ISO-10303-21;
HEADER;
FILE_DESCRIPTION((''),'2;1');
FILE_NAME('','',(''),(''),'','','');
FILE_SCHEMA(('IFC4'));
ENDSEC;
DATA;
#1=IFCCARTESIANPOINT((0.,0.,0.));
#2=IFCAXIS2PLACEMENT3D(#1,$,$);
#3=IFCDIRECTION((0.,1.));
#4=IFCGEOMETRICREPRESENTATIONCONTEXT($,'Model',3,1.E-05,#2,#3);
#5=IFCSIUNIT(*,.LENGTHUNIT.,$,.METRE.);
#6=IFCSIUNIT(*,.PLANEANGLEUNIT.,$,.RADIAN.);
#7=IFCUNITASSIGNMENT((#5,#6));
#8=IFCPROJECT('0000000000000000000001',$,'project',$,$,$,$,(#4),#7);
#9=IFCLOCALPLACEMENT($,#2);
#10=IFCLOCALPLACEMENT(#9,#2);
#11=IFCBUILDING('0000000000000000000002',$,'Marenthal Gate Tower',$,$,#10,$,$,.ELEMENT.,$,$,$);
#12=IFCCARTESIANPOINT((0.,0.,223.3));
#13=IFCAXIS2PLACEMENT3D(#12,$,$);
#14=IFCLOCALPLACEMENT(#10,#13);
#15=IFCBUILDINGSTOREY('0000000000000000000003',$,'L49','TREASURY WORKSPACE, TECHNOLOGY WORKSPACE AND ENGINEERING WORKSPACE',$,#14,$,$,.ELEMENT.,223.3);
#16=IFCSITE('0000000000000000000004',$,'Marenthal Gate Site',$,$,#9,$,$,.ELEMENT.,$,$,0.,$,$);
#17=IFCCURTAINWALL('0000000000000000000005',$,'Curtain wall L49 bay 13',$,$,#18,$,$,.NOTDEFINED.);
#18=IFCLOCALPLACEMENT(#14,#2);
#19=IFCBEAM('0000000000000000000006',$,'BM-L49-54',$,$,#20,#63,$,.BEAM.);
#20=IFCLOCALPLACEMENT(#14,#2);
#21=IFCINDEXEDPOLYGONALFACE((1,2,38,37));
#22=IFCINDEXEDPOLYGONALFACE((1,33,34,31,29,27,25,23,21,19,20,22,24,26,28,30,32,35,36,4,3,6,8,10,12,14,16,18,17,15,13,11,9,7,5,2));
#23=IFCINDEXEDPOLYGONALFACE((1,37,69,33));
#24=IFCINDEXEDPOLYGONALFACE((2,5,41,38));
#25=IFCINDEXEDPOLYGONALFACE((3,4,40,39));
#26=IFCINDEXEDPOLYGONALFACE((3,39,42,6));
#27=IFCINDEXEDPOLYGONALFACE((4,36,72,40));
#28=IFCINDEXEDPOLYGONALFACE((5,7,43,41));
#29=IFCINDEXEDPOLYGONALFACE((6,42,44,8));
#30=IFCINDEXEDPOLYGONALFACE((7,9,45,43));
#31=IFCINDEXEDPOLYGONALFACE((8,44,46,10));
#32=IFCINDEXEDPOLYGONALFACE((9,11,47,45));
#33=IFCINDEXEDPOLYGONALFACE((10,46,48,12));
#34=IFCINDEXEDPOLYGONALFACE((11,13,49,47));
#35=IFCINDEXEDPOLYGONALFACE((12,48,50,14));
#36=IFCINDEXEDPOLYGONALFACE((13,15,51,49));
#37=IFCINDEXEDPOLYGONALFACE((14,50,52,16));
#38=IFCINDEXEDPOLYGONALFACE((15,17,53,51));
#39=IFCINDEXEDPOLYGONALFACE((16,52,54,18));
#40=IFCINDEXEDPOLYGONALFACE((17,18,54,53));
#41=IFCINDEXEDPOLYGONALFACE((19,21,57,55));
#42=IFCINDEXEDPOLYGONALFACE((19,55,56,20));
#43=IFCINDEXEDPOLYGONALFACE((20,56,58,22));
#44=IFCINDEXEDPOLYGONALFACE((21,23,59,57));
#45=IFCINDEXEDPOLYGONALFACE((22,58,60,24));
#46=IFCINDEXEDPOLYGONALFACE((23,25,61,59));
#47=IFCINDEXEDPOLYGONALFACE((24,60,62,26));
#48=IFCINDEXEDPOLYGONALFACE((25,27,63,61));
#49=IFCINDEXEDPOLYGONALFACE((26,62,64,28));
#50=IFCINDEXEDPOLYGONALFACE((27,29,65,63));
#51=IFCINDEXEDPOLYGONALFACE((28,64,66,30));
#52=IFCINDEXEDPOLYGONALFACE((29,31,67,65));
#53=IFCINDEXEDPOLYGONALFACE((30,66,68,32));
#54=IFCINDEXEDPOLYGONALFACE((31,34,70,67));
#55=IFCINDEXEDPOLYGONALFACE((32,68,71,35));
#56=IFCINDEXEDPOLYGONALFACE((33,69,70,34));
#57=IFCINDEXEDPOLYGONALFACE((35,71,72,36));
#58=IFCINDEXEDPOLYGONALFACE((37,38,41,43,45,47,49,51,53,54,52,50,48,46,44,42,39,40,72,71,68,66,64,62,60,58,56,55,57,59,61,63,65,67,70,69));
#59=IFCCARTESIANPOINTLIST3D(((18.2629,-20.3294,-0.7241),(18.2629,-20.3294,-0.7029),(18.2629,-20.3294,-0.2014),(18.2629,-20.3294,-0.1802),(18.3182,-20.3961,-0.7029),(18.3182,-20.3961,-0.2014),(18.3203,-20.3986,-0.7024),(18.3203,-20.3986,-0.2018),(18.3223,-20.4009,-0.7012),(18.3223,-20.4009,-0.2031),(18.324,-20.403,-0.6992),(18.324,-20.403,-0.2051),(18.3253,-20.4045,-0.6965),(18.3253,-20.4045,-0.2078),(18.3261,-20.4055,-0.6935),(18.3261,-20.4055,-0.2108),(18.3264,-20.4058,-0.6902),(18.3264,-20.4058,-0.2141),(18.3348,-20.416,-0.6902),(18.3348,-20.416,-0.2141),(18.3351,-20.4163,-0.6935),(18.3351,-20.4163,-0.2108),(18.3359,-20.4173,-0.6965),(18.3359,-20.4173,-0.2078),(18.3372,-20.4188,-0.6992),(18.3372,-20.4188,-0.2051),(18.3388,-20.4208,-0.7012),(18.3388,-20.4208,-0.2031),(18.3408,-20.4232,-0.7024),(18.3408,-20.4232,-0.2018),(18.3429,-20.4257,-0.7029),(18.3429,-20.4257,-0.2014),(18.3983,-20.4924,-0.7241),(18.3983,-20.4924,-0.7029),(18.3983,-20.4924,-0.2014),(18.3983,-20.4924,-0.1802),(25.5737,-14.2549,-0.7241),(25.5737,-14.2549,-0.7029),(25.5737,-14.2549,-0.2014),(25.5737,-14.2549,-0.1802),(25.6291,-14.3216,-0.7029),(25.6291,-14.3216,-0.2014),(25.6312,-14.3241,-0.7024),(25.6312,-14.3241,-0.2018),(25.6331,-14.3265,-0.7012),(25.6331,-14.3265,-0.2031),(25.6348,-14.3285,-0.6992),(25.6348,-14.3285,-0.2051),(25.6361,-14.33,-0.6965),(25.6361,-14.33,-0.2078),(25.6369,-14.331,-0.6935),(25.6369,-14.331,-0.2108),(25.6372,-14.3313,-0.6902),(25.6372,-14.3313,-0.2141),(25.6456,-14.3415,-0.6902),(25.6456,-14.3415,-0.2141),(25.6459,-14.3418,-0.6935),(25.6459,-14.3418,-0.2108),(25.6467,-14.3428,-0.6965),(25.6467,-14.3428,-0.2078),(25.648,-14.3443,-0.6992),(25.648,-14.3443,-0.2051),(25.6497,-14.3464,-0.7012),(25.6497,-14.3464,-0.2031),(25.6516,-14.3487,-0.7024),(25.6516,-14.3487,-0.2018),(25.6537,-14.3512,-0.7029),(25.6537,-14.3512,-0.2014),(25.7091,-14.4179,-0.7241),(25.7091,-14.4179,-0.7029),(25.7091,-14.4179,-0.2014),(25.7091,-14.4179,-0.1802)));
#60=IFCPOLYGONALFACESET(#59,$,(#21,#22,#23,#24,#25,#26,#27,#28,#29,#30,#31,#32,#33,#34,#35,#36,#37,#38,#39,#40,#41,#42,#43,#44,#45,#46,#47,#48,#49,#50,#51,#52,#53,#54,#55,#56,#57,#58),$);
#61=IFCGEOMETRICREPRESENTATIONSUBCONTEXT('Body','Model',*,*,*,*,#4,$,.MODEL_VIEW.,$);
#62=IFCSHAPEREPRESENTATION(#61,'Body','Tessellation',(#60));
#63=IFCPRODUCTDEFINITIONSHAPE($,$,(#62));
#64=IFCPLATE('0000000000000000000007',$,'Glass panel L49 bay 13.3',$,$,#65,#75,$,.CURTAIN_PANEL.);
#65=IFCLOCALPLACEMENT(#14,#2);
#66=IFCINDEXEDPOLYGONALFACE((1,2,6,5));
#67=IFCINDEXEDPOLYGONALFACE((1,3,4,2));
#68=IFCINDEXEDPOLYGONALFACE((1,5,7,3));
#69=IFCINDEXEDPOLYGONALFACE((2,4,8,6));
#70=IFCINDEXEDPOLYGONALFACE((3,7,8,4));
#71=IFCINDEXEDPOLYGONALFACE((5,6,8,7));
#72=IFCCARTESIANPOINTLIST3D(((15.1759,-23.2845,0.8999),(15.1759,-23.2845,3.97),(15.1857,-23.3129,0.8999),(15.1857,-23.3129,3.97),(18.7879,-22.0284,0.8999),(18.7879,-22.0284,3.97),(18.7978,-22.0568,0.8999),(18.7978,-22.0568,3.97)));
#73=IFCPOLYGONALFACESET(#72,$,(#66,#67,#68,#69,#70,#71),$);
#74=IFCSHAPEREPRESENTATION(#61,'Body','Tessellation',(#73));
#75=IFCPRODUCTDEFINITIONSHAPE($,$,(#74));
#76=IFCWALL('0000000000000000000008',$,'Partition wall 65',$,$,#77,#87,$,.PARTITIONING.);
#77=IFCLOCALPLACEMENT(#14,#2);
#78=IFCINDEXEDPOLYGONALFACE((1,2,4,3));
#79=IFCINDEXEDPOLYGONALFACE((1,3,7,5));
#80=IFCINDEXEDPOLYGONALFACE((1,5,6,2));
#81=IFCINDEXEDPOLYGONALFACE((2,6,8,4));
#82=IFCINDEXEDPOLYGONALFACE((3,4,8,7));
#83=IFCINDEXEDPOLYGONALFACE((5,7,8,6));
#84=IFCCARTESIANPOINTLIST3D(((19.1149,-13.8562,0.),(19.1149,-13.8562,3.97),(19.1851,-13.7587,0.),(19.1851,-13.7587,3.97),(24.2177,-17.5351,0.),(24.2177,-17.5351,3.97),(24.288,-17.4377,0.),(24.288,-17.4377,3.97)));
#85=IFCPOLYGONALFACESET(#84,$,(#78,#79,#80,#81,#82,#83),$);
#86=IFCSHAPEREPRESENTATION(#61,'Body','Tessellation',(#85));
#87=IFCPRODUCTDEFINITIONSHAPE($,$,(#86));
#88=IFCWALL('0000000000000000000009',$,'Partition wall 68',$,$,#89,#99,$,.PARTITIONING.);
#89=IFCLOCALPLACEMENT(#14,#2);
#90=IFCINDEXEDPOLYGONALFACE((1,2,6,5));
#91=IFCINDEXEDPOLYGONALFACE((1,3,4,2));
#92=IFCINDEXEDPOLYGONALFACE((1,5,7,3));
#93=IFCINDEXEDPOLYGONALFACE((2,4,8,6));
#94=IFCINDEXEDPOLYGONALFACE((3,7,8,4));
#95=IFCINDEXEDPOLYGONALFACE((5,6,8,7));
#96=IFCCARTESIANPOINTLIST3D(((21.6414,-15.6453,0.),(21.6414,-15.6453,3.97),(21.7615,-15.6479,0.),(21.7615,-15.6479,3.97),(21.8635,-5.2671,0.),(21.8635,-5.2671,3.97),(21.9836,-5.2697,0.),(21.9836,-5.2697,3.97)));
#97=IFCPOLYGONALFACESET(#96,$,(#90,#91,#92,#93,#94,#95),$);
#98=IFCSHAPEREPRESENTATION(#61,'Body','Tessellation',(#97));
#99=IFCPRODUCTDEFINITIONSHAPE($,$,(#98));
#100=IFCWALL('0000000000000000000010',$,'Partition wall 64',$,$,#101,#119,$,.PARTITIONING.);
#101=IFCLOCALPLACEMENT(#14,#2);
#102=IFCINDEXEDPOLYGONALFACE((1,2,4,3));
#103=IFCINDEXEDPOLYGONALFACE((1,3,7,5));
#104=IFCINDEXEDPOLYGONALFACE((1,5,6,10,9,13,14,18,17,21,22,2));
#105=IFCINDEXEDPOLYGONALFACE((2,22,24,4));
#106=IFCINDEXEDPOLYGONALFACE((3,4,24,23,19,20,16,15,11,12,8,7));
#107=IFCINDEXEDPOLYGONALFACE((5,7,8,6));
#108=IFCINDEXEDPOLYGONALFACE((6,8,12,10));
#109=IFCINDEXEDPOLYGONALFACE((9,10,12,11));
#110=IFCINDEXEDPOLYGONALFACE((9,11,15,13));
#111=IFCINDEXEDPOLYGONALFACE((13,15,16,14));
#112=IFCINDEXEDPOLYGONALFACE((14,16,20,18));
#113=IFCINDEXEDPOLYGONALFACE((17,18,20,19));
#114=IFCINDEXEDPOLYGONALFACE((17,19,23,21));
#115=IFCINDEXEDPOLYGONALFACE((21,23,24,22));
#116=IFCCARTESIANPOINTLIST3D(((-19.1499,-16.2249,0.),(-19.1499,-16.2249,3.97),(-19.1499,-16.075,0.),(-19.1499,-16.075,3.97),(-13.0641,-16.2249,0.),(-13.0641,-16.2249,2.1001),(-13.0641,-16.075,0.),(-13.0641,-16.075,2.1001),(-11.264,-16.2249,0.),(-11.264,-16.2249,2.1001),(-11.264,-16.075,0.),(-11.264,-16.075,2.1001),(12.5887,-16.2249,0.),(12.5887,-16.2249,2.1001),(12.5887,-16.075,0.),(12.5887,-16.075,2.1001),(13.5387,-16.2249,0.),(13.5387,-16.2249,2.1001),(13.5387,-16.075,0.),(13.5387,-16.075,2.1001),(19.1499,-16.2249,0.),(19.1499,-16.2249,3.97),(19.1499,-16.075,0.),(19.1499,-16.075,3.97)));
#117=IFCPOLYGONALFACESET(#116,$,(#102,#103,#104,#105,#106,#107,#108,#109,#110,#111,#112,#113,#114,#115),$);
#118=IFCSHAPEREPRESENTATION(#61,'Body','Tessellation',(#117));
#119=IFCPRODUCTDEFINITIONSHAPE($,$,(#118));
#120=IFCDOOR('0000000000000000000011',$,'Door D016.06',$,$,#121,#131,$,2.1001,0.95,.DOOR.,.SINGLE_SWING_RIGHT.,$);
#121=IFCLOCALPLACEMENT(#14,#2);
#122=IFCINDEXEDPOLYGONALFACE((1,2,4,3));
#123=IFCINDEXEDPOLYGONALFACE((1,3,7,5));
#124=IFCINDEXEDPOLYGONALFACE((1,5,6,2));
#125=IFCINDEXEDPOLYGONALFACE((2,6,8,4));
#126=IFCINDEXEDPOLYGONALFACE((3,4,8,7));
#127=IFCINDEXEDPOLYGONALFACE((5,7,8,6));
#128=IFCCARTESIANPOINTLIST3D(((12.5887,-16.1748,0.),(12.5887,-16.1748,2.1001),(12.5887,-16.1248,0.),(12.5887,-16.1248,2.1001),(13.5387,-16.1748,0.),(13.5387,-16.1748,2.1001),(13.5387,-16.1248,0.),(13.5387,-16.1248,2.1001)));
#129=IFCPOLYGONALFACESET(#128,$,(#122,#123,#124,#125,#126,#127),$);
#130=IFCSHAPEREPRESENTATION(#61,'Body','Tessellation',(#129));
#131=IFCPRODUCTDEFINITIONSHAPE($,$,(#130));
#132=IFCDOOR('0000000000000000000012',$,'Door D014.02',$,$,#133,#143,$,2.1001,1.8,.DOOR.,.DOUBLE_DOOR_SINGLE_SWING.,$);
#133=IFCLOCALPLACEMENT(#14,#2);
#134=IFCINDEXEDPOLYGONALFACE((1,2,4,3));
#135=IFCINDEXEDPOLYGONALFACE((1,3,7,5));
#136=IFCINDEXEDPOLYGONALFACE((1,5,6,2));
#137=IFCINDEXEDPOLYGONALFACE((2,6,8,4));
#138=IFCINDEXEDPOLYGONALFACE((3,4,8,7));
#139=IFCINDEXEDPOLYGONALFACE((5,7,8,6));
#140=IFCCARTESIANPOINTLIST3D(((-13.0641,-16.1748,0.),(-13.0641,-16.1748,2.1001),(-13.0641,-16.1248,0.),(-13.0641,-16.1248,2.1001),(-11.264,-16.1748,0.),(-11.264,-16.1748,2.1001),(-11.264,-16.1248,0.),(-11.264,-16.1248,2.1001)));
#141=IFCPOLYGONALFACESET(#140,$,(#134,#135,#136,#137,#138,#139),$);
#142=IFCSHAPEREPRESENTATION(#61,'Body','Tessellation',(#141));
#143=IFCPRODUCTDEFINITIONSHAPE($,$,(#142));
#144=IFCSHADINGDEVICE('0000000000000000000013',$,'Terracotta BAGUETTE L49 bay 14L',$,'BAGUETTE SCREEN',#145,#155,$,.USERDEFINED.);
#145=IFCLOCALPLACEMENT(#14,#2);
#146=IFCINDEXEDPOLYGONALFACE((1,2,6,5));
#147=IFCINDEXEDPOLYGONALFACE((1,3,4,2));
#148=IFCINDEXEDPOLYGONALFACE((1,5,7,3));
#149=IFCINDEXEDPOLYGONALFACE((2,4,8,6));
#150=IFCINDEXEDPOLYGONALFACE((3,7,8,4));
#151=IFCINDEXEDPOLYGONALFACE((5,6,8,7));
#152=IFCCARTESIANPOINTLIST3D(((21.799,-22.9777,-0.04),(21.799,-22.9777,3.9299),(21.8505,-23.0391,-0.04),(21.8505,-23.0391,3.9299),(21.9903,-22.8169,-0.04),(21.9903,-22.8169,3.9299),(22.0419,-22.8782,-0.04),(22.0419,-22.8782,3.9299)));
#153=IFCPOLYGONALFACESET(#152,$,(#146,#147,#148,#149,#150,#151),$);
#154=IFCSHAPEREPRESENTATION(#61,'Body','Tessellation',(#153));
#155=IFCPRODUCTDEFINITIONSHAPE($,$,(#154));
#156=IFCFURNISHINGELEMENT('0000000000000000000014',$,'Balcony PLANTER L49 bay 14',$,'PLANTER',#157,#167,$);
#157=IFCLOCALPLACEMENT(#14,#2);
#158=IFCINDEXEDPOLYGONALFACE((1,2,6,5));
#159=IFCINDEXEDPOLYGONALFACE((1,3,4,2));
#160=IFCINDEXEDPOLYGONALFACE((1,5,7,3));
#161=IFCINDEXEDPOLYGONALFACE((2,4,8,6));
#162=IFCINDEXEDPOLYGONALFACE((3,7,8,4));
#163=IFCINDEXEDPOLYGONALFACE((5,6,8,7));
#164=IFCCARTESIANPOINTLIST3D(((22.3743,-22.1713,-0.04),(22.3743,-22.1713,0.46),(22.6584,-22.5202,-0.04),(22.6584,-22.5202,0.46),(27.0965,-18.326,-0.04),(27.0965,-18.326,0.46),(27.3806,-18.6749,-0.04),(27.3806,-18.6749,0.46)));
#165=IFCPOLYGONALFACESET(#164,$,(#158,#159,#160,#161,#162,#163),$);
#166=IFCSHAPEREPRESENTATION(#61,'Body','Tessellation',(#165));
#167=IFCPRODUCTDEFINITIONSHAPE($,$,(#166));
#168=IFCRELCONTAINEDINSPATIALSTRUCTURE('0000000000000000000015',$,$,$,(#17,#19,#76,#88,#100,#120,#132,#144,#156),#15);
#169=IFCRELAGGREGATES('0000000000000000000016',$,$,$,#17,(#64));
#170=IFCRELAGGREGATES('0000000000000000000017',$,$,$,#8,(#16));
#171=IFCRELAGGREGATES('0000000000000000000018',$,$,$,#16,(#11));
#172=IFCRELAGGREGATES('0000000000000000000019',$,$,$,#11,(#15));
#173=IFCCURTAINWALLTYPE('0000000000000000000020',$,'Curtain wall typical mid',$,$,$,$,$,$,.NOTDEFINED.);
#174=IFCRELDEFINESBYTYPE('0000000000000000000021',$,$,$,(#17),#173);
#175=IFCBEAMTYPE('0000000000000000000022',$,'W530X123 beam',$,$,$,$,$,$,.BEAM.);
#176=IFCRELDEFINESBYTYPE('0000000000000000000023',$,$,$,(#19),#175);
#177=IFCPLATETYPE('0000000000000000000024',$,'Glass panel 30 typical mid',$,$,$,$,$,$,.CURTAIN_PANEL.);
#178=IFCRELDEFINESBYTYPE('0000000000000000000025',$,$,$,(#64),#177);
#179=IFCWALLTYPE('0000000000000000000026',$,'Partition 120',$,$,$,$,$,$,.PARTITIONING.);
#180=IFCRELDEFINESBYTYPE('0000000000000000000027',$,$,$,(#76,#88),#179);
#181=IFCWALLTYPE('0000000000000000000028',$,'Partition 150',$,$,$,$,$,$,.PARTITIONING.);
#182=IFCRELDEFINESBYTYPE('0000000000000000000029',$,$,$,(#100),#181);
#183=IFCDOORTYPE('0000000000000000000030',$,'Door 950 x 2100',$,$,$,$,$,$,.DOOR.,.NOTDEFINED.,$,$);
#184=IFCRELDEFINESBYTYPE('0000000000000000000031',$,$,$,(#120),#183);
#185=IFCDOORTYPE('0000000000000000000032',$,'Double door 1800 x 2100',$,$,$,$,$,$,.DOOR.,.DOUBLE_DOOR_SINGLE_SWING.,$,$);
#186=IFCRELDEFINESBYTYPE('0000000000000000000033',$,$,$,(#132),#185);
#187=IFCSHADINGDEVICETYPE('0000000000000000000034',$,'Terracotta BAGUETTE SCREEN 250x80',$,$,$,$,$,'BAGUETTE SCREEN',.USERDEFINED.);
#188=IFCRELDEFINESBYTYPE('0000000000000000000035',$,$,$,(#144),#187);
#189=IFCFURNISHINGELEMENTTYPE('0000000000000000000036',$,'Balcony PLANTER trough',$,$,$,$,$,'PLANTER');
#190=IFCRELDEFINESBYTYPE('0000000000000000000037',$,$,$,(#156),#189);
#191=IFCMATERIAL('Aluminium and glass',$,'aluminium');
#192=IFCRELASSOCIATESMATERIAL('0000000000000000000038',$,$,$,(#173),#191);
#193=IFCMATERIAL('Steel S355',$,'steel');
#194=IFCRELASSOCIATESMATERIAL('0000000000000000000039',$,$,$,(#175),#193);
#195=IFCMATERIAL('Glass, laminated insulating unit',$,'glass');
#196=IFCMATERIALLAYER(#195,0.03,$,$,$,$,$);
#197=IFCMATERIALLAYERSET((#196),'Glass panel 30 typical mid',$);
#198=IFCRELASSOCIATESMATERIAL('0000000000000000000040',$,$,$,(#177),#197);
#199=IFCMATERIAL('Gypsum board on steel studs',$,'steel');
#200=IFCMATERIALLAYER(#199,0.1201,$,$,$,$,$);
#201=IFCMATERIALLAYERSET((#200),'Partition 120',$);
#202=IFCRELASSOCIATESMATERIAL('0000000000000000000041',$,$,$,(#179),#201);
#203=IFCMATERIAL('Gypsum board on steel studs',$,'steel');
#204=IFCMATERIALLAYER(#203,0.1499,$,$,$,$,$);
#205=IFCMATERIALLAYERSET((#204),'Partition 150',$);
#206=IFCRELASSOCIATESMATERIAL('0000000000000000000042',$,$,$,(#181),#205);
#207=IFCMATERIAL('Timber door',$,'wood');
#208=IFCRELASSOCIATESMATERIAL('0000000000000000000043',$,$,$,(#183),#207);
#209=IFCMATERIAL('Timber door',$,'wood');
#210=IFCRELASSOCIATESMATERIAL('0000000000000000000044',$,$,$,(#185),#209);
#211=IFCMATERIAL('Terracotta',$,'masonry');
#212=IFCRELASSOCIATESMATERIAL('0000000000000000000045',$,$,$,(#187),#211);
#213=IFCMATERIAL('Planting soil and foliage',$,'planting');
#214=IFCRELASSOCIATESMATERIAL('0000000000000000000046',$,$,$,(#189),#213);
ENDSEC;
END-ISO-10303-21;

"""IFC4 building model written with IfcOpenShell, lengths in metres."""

from ifc_helpers import new_model, si_unit, direction, frame, frame_2d, origin, origin_2d, place, context, subcontext, project, spatial, rectangle, i_section, extrude, material, layer, layer_set, material_profile, profile_set, type_object, element, fill, aggregate, save


model = new_model("IFC4")

# Units and contexts
model_context = context("Model", 3, precision=1e-05, world=origin(), true_north=direction((0.0, 1.0)))
body_context = subcontext(model_context, "Body", "Model", "MODEL_VIEW")
ifc_project = project(units=[si_unit("LENGTHUNIT", "METRE"), si_unit("PLANEANGLEUNIT", "RADIAN")], contexts=[model_context])

# Site, building, storey
site_placement = place(None, origin())
site = spatial("IfcSite", under=ifc_project, at=site_placement, Name="Marenthal Gate Site", CompositionType="ELEMENT", RefElevation=0.0)
building_placement = place(site_placement, origin())
building = spatial("IfcBuilding", under=site, at=building_placement, Name="Marenthal Gate Tower", CompositionType="ELEMENT")
storey_placement = place(building_placement, frame((0.0, 0.0, 223.3)))
storey = spatial("IfcBuildingStorey", under=building, at=storey_placement, Name="L49", Description="TREASURY WORKSPACE, TECHNOLOGY WORKSPACE AND ENGINEERING WORKSPACE", CompositionType="ELEMENT", Elevation=223.3)

# Curtain wall
ifc_material_1 = material(Name="Aluminium and glass", Category="aluminium")
curtain_wall_type = type_object("IfcCurtainWallType", Name="Curtain wall typical mid", PredefinedType="NOTDEFINED", material=ifc_material_1)
curtain_wall_1_placement = place(storey_placement, origin())
curtain_wall_1 = element("IfcCurtainWall", 1, at=curtain_wall_1_placement, inside=storey, type_object=curtain_wall_type, Name="Curtain wall L49 bay 13", PredefinedType="NOTDEFINED")

# Beam
ifc_material_2 = material(Name="Steel S355", Category="steel")
ifc_material_profile_1 = material_profile(ifc_material_2, i_section(OverallWidth=0.2119, OverallDepth=0.5439, WebThickness=0.0132, FlangeThickness=0.0212, FilletRadius=0.0127, at=origin_2d()), Name="W530X123")
ifc_profile_set_1 = profile_set([ifc_material_profile_1], Name="Steel S355")
beam_type_1 = type_object("IfcBeamType", Name="W530X123 beam", PredefinedType="BEAM", material=ifc_profile_set_1)
beam_1_placement = place(storey_placement, frame((18.3306, -20.4109, -0.4521), z_axis=(0.769145, 0.639075, 0.0), x_axis=(-0.639075, 0.769145, 0.0)))
element("IfcBeam", 2, at=beam_1_placement, inside=storey, type_object=beam_type_1, Name="BM-L49-54", PredefinedType="BEAM", context=body_context, shape_type="SweptSolid", body=[
    extrude(i_section(OverallWidth=0.2119, OverallDepth=0.5439, WebThickness=0.0132, FlangeThickness=0.0212, FilletRadius=0.0127, at=origin_2d()), origin(), (0.0, 0.0, 1.0), 9.5051),
])

# Plate
ifc_material_3 = material(Name="Glass, laminated insulating unit", Category="glass")
ifc_layer_1 = layer(ifc_material_3, 0.03)
ifc_layer_set_1 = layer_set([ifc_layer_1], Name="Glass panel 30 typical mid")
plate_type = type_object("IfcPlateType", Name="Glass panel 30 typical mid", PredefinedType="CURTAIN_PANEL", material=ifc_layer_set_1)
plate_placement = place(storey_placement, frame((16.9868, -22.6707, 0.8999), z_axis=(0.0, 0.0, 1.0), x_axis=(0.944515, 0.328468, 0.0)))
plate = element("IfcPlate", 3, at=plate_placement, type_object=plate_type, Name="Glass panel L49 bay 13.3", PredefinedType="CURTAIN_PANEL", context=body_context, shape_type="SweptSolid", body=[
    extrude(rectangle(XDim=3.8242, YDim=0.03, at=origin_2d()), origin(), (0.0, 0.0, 1.0), 3.0701),
])
aggregate(curtain_wall_1, [plate])

# Walls
ifc_material_4 = material(Name="Gypsum board on steel studs", Category="steel")
ifc_layer_2 = layer(ifc_material_4, 0.1201)
ifc_layer_set_2 = layer_set([ifc_layer_2], Name="Partition 120")
wall_type_1 = type_object("IfcWallType", Name="Partition 120", PredefinedType="PARTITIONING", material=ifc_layer_set_2)
wall_1_placement = place(storey_placement, frame((19.1499, -13.8074, 0.0), z_axis=(0.0, 0.0, 1.0), x_axis=(0.811161, -0.584823, 0.0)))
element("IfcWall", 4, at=wall_1_placement, inside=storey, type_object=wall_type_1, Name="Partition wall 65", PredefinedType="PARTITIONING", context=body_context, shape_type="SweptSolid", body=[
    extrude(rectangle(XDim=6.2908, YDim=0.1201, at=frame_2d((3.1455, 0.0))), origin(), (0.0, 0.0, 1.0), 3.97),
])
wall_2_placement = place(storey_placement, frame((21.7014, -15.6467, 0.0), z_axis=(0.0, 0.0, 1.0), x_axis=(0.021402, 0.999771, 0.0)))
element("IfcWall", 5, at=wall_2_placement, inside=storey, type_object=wall_type_1, Name="Partition wall 68", PredefinedType="PARTITIONING", context=body_context, shape_type="SweptSolid", body=[
    extrude(rectangle(XDim=10.3806, YDim=0.1201, at=frame_2d((5.1904, 0.0))), origin(), (0.0, 0.0, 1.0), 3.97),
])

# Wall, openings, doors
ifc_material_5 = material(Name="Gypsum board on steel studs", Category="steel")
ifc_layer_3 = layer(ifc_material_5, 0.1499)
ifc_layer_set_3 = layer_set([ifc_layer_3], Name="Partition 150")
wall_type_2 = type_object("IfcWallType", Name="Partition 150", PredefinedType="PARTITIONING", material=ifc_layer_set_3)
wall_3_placement = place(storey_placement, frame((19.1499, -16.1499, 0.0), z_axis=(0.0, 0.0, 1.0), x_axis=(-1.0, 0.0, 0.0)))
wall_3 = element("IfcWall", 6, at=wall_3_placement, inside=storey, type_object=wall_type_2, Name="Partition wall 64", PredefinedType="PARTITIONING", context=body_context, shape_type="SweptSolid", body=[
    extrude(rectangle(XDim=38.2998, YDim=0.1499, at=frame_2d((19.1499, 0.0))), origin(), (0.0, 0.0, 1.0), 3.97),
])
opening_1_placement = place(wall_3_placement, frame((5.6111, 0.0, 0.0)))
opening_1 = element("IfcOpeningElement", 7, at=opening_1_placement, cuts=wall_3, PredefinedType="OPENING", context=body_context, shape_type="SweptSolid", body=[
    extrude(rectangle(XDim=0.95, YDim=2.1001, at=frame_2d((0.4751, 1.05))), frame((0.0, 0.085, 0.0), z_axis=(0.0, -1.0, 0.0), x_axis=(1.0, 0.0, 0.0)), (0.0, 0.0, 1.0), 0.1699),
])
opening_2_placement = place(wall_3_placement, frame((30.4141, 0.0, 0.0)))
opening_2 = element("IfcOpeningElement", 8, at=opening_2_placement, cuts=wall_3, PredefinedType="OPENING", context=body_context, shape_type="SweptSolid", body=[
    extrude(rectangle(XDim=1.8, YDim=2.1001, at=frame_2d((0.8999, 1.05))), frame((0.0, 0.085, 0.0), z_axis=(0.0, -1.0, 0.0), x_axis=(1.0, 0.0, 0.0)), (0.0, 0.0, 1.0), 0.1699),
])
ifc_material_6 = material(Name="Timber door", Category="wood")
door_type_1 = type_object("IfcDoorType", Name="Door 950 x 2100", OperationType="NOTDEFINED", PredefinedType="DOOR", material=ifc_material_6)
door_1_placement = place(opening_1_placement, origin())
door_1 = element("IfcDoor", 9, at=door_1_placement, inside=storey, type_object=door_type_1, Name="Door D016.06", OperationType="SINGLE_SWING_RIGHT", OverallHeight=2.1001, OverallWidth=0.95, PredefinedType="DOOR", context=body_context, shape_type="SweptSolid", body=[
    extrude(rectangle(XDim=0.95, YDim=2.1001, at=frame_2d((0.4751, 1.05))), frame((0.0, 0.0249, 0.0), z_axis=(0.0, -1.0, 0.0), x_axis=(1.0, 0.0, 0.0)), (0.0, 0.0, 1.0), 0.05),
])
fill(opening_1, door_1)
ifc_material_7 = material(Name="Timber door", Category="wood")
door_type_2 = type_object("IfcDoorType", Name="Double door 1800 x 2100", OperationType="DOUBLE_DOOR_SINGLE_SWING", PredefinedType="DOOR", material=ifc_material_7)
door_2_placement = place(opening_2_placement, origin())
door_2 = element("IfcDoor", 10, at=door_2_placement, inside=storey, type_object=door_type_2, Name="Door D014.02", OperationType="DOUBLE_DOOR_SINGLE_SWING", OverallHeight=2.1001, OverallWidth=1.8, PredefinedType="DOOR", context=body_context, shape_type="SweptSolid", body=[
    extrude(rectangle(XDim=1.8, YDim=2.1001, at=frame_2d((0.8999, 1.05))), frame((0.0, 0.0249, 0.0), z_axis=(0.0, -1.0, 0.0), x_axis=(1.0, 0.0, 0.0)), (0.0, 0.0, 1.0), 0.05),
])
fill(opening_2, door_2)

# Shading device
ifc_material_8 = material(Name="Terracotta", Category="masonry")
ifc_material_profile_2 = material_profile(ifc_material_8, rectangle(XDim=0.25, YDim=0.0801, at=origin_2d()), Name="Terracotta baguette 250x80")
ifc_profile_set_2 = profile_set([ifc_material_profile_2], Name="Terracotta")
shading_device_type = type_object("IfcShadingDeviceType", Name="Terracotta BAGUETTE SCREEN 250x80", ElementType="BAGUETTE SCREEN", PredefinedType="USERDEFINED", material=ifc_profile_set_2)
shading_device_placement = place(storey_placement, frame((21.9204, -22.928, -0.04), z_axis=(0.0, 0.0, 1.0), x_axis=(0.765551, 0.643375, 0.0)))
element("IfcShadingDevice", 11, at=shading_device_placement, inside=storey, type_object=shading_device_type, Name="Terracotta BAGUETTE L49 bay 14L", ObjectType="BAGUETTE SCREEN", PredefinedType="USERDEFINED", context=body_context, shape_type="SweptSolid", body=[
    extrude(rectangle(XDim=0.25, YDim=0.0801, at=origin_2d()), origin(), (0.0, 0.0, 1.0), 3.97),
])

# Furnishing element
ifc_material_9 = material(Name="Planting soil and foliage", Category="planting")
furnishing_element_type = type_object("IfcFurnishingElementType", Name="Balcony PLANTER trough", ElementType="PLANTER", material=ifc_material_9)
furnishing_placement = place(storey_placement, frame((24.8774, -20.4231, -0.04), z_axis=(0.0, 0.0, 1.0), x_axis=(0.775432, 0.631432, 0.0)))
element("IfcFurnishingElement", 12, at=furnishing_placement, inside=storey, type_object=furnishing_element_type, Name="Balcony PLANTER L49 bay 14", ObjectType="PLANTER", context=body_context, shape_type="SweptSolid", body=[
    extrude(rectangle(XDim=6.0898, YDim=0.45, at=origin_2d()), origin(), (0.0, 0.0, 1.0), 0.5),
])

save(model, "model.ifc")
